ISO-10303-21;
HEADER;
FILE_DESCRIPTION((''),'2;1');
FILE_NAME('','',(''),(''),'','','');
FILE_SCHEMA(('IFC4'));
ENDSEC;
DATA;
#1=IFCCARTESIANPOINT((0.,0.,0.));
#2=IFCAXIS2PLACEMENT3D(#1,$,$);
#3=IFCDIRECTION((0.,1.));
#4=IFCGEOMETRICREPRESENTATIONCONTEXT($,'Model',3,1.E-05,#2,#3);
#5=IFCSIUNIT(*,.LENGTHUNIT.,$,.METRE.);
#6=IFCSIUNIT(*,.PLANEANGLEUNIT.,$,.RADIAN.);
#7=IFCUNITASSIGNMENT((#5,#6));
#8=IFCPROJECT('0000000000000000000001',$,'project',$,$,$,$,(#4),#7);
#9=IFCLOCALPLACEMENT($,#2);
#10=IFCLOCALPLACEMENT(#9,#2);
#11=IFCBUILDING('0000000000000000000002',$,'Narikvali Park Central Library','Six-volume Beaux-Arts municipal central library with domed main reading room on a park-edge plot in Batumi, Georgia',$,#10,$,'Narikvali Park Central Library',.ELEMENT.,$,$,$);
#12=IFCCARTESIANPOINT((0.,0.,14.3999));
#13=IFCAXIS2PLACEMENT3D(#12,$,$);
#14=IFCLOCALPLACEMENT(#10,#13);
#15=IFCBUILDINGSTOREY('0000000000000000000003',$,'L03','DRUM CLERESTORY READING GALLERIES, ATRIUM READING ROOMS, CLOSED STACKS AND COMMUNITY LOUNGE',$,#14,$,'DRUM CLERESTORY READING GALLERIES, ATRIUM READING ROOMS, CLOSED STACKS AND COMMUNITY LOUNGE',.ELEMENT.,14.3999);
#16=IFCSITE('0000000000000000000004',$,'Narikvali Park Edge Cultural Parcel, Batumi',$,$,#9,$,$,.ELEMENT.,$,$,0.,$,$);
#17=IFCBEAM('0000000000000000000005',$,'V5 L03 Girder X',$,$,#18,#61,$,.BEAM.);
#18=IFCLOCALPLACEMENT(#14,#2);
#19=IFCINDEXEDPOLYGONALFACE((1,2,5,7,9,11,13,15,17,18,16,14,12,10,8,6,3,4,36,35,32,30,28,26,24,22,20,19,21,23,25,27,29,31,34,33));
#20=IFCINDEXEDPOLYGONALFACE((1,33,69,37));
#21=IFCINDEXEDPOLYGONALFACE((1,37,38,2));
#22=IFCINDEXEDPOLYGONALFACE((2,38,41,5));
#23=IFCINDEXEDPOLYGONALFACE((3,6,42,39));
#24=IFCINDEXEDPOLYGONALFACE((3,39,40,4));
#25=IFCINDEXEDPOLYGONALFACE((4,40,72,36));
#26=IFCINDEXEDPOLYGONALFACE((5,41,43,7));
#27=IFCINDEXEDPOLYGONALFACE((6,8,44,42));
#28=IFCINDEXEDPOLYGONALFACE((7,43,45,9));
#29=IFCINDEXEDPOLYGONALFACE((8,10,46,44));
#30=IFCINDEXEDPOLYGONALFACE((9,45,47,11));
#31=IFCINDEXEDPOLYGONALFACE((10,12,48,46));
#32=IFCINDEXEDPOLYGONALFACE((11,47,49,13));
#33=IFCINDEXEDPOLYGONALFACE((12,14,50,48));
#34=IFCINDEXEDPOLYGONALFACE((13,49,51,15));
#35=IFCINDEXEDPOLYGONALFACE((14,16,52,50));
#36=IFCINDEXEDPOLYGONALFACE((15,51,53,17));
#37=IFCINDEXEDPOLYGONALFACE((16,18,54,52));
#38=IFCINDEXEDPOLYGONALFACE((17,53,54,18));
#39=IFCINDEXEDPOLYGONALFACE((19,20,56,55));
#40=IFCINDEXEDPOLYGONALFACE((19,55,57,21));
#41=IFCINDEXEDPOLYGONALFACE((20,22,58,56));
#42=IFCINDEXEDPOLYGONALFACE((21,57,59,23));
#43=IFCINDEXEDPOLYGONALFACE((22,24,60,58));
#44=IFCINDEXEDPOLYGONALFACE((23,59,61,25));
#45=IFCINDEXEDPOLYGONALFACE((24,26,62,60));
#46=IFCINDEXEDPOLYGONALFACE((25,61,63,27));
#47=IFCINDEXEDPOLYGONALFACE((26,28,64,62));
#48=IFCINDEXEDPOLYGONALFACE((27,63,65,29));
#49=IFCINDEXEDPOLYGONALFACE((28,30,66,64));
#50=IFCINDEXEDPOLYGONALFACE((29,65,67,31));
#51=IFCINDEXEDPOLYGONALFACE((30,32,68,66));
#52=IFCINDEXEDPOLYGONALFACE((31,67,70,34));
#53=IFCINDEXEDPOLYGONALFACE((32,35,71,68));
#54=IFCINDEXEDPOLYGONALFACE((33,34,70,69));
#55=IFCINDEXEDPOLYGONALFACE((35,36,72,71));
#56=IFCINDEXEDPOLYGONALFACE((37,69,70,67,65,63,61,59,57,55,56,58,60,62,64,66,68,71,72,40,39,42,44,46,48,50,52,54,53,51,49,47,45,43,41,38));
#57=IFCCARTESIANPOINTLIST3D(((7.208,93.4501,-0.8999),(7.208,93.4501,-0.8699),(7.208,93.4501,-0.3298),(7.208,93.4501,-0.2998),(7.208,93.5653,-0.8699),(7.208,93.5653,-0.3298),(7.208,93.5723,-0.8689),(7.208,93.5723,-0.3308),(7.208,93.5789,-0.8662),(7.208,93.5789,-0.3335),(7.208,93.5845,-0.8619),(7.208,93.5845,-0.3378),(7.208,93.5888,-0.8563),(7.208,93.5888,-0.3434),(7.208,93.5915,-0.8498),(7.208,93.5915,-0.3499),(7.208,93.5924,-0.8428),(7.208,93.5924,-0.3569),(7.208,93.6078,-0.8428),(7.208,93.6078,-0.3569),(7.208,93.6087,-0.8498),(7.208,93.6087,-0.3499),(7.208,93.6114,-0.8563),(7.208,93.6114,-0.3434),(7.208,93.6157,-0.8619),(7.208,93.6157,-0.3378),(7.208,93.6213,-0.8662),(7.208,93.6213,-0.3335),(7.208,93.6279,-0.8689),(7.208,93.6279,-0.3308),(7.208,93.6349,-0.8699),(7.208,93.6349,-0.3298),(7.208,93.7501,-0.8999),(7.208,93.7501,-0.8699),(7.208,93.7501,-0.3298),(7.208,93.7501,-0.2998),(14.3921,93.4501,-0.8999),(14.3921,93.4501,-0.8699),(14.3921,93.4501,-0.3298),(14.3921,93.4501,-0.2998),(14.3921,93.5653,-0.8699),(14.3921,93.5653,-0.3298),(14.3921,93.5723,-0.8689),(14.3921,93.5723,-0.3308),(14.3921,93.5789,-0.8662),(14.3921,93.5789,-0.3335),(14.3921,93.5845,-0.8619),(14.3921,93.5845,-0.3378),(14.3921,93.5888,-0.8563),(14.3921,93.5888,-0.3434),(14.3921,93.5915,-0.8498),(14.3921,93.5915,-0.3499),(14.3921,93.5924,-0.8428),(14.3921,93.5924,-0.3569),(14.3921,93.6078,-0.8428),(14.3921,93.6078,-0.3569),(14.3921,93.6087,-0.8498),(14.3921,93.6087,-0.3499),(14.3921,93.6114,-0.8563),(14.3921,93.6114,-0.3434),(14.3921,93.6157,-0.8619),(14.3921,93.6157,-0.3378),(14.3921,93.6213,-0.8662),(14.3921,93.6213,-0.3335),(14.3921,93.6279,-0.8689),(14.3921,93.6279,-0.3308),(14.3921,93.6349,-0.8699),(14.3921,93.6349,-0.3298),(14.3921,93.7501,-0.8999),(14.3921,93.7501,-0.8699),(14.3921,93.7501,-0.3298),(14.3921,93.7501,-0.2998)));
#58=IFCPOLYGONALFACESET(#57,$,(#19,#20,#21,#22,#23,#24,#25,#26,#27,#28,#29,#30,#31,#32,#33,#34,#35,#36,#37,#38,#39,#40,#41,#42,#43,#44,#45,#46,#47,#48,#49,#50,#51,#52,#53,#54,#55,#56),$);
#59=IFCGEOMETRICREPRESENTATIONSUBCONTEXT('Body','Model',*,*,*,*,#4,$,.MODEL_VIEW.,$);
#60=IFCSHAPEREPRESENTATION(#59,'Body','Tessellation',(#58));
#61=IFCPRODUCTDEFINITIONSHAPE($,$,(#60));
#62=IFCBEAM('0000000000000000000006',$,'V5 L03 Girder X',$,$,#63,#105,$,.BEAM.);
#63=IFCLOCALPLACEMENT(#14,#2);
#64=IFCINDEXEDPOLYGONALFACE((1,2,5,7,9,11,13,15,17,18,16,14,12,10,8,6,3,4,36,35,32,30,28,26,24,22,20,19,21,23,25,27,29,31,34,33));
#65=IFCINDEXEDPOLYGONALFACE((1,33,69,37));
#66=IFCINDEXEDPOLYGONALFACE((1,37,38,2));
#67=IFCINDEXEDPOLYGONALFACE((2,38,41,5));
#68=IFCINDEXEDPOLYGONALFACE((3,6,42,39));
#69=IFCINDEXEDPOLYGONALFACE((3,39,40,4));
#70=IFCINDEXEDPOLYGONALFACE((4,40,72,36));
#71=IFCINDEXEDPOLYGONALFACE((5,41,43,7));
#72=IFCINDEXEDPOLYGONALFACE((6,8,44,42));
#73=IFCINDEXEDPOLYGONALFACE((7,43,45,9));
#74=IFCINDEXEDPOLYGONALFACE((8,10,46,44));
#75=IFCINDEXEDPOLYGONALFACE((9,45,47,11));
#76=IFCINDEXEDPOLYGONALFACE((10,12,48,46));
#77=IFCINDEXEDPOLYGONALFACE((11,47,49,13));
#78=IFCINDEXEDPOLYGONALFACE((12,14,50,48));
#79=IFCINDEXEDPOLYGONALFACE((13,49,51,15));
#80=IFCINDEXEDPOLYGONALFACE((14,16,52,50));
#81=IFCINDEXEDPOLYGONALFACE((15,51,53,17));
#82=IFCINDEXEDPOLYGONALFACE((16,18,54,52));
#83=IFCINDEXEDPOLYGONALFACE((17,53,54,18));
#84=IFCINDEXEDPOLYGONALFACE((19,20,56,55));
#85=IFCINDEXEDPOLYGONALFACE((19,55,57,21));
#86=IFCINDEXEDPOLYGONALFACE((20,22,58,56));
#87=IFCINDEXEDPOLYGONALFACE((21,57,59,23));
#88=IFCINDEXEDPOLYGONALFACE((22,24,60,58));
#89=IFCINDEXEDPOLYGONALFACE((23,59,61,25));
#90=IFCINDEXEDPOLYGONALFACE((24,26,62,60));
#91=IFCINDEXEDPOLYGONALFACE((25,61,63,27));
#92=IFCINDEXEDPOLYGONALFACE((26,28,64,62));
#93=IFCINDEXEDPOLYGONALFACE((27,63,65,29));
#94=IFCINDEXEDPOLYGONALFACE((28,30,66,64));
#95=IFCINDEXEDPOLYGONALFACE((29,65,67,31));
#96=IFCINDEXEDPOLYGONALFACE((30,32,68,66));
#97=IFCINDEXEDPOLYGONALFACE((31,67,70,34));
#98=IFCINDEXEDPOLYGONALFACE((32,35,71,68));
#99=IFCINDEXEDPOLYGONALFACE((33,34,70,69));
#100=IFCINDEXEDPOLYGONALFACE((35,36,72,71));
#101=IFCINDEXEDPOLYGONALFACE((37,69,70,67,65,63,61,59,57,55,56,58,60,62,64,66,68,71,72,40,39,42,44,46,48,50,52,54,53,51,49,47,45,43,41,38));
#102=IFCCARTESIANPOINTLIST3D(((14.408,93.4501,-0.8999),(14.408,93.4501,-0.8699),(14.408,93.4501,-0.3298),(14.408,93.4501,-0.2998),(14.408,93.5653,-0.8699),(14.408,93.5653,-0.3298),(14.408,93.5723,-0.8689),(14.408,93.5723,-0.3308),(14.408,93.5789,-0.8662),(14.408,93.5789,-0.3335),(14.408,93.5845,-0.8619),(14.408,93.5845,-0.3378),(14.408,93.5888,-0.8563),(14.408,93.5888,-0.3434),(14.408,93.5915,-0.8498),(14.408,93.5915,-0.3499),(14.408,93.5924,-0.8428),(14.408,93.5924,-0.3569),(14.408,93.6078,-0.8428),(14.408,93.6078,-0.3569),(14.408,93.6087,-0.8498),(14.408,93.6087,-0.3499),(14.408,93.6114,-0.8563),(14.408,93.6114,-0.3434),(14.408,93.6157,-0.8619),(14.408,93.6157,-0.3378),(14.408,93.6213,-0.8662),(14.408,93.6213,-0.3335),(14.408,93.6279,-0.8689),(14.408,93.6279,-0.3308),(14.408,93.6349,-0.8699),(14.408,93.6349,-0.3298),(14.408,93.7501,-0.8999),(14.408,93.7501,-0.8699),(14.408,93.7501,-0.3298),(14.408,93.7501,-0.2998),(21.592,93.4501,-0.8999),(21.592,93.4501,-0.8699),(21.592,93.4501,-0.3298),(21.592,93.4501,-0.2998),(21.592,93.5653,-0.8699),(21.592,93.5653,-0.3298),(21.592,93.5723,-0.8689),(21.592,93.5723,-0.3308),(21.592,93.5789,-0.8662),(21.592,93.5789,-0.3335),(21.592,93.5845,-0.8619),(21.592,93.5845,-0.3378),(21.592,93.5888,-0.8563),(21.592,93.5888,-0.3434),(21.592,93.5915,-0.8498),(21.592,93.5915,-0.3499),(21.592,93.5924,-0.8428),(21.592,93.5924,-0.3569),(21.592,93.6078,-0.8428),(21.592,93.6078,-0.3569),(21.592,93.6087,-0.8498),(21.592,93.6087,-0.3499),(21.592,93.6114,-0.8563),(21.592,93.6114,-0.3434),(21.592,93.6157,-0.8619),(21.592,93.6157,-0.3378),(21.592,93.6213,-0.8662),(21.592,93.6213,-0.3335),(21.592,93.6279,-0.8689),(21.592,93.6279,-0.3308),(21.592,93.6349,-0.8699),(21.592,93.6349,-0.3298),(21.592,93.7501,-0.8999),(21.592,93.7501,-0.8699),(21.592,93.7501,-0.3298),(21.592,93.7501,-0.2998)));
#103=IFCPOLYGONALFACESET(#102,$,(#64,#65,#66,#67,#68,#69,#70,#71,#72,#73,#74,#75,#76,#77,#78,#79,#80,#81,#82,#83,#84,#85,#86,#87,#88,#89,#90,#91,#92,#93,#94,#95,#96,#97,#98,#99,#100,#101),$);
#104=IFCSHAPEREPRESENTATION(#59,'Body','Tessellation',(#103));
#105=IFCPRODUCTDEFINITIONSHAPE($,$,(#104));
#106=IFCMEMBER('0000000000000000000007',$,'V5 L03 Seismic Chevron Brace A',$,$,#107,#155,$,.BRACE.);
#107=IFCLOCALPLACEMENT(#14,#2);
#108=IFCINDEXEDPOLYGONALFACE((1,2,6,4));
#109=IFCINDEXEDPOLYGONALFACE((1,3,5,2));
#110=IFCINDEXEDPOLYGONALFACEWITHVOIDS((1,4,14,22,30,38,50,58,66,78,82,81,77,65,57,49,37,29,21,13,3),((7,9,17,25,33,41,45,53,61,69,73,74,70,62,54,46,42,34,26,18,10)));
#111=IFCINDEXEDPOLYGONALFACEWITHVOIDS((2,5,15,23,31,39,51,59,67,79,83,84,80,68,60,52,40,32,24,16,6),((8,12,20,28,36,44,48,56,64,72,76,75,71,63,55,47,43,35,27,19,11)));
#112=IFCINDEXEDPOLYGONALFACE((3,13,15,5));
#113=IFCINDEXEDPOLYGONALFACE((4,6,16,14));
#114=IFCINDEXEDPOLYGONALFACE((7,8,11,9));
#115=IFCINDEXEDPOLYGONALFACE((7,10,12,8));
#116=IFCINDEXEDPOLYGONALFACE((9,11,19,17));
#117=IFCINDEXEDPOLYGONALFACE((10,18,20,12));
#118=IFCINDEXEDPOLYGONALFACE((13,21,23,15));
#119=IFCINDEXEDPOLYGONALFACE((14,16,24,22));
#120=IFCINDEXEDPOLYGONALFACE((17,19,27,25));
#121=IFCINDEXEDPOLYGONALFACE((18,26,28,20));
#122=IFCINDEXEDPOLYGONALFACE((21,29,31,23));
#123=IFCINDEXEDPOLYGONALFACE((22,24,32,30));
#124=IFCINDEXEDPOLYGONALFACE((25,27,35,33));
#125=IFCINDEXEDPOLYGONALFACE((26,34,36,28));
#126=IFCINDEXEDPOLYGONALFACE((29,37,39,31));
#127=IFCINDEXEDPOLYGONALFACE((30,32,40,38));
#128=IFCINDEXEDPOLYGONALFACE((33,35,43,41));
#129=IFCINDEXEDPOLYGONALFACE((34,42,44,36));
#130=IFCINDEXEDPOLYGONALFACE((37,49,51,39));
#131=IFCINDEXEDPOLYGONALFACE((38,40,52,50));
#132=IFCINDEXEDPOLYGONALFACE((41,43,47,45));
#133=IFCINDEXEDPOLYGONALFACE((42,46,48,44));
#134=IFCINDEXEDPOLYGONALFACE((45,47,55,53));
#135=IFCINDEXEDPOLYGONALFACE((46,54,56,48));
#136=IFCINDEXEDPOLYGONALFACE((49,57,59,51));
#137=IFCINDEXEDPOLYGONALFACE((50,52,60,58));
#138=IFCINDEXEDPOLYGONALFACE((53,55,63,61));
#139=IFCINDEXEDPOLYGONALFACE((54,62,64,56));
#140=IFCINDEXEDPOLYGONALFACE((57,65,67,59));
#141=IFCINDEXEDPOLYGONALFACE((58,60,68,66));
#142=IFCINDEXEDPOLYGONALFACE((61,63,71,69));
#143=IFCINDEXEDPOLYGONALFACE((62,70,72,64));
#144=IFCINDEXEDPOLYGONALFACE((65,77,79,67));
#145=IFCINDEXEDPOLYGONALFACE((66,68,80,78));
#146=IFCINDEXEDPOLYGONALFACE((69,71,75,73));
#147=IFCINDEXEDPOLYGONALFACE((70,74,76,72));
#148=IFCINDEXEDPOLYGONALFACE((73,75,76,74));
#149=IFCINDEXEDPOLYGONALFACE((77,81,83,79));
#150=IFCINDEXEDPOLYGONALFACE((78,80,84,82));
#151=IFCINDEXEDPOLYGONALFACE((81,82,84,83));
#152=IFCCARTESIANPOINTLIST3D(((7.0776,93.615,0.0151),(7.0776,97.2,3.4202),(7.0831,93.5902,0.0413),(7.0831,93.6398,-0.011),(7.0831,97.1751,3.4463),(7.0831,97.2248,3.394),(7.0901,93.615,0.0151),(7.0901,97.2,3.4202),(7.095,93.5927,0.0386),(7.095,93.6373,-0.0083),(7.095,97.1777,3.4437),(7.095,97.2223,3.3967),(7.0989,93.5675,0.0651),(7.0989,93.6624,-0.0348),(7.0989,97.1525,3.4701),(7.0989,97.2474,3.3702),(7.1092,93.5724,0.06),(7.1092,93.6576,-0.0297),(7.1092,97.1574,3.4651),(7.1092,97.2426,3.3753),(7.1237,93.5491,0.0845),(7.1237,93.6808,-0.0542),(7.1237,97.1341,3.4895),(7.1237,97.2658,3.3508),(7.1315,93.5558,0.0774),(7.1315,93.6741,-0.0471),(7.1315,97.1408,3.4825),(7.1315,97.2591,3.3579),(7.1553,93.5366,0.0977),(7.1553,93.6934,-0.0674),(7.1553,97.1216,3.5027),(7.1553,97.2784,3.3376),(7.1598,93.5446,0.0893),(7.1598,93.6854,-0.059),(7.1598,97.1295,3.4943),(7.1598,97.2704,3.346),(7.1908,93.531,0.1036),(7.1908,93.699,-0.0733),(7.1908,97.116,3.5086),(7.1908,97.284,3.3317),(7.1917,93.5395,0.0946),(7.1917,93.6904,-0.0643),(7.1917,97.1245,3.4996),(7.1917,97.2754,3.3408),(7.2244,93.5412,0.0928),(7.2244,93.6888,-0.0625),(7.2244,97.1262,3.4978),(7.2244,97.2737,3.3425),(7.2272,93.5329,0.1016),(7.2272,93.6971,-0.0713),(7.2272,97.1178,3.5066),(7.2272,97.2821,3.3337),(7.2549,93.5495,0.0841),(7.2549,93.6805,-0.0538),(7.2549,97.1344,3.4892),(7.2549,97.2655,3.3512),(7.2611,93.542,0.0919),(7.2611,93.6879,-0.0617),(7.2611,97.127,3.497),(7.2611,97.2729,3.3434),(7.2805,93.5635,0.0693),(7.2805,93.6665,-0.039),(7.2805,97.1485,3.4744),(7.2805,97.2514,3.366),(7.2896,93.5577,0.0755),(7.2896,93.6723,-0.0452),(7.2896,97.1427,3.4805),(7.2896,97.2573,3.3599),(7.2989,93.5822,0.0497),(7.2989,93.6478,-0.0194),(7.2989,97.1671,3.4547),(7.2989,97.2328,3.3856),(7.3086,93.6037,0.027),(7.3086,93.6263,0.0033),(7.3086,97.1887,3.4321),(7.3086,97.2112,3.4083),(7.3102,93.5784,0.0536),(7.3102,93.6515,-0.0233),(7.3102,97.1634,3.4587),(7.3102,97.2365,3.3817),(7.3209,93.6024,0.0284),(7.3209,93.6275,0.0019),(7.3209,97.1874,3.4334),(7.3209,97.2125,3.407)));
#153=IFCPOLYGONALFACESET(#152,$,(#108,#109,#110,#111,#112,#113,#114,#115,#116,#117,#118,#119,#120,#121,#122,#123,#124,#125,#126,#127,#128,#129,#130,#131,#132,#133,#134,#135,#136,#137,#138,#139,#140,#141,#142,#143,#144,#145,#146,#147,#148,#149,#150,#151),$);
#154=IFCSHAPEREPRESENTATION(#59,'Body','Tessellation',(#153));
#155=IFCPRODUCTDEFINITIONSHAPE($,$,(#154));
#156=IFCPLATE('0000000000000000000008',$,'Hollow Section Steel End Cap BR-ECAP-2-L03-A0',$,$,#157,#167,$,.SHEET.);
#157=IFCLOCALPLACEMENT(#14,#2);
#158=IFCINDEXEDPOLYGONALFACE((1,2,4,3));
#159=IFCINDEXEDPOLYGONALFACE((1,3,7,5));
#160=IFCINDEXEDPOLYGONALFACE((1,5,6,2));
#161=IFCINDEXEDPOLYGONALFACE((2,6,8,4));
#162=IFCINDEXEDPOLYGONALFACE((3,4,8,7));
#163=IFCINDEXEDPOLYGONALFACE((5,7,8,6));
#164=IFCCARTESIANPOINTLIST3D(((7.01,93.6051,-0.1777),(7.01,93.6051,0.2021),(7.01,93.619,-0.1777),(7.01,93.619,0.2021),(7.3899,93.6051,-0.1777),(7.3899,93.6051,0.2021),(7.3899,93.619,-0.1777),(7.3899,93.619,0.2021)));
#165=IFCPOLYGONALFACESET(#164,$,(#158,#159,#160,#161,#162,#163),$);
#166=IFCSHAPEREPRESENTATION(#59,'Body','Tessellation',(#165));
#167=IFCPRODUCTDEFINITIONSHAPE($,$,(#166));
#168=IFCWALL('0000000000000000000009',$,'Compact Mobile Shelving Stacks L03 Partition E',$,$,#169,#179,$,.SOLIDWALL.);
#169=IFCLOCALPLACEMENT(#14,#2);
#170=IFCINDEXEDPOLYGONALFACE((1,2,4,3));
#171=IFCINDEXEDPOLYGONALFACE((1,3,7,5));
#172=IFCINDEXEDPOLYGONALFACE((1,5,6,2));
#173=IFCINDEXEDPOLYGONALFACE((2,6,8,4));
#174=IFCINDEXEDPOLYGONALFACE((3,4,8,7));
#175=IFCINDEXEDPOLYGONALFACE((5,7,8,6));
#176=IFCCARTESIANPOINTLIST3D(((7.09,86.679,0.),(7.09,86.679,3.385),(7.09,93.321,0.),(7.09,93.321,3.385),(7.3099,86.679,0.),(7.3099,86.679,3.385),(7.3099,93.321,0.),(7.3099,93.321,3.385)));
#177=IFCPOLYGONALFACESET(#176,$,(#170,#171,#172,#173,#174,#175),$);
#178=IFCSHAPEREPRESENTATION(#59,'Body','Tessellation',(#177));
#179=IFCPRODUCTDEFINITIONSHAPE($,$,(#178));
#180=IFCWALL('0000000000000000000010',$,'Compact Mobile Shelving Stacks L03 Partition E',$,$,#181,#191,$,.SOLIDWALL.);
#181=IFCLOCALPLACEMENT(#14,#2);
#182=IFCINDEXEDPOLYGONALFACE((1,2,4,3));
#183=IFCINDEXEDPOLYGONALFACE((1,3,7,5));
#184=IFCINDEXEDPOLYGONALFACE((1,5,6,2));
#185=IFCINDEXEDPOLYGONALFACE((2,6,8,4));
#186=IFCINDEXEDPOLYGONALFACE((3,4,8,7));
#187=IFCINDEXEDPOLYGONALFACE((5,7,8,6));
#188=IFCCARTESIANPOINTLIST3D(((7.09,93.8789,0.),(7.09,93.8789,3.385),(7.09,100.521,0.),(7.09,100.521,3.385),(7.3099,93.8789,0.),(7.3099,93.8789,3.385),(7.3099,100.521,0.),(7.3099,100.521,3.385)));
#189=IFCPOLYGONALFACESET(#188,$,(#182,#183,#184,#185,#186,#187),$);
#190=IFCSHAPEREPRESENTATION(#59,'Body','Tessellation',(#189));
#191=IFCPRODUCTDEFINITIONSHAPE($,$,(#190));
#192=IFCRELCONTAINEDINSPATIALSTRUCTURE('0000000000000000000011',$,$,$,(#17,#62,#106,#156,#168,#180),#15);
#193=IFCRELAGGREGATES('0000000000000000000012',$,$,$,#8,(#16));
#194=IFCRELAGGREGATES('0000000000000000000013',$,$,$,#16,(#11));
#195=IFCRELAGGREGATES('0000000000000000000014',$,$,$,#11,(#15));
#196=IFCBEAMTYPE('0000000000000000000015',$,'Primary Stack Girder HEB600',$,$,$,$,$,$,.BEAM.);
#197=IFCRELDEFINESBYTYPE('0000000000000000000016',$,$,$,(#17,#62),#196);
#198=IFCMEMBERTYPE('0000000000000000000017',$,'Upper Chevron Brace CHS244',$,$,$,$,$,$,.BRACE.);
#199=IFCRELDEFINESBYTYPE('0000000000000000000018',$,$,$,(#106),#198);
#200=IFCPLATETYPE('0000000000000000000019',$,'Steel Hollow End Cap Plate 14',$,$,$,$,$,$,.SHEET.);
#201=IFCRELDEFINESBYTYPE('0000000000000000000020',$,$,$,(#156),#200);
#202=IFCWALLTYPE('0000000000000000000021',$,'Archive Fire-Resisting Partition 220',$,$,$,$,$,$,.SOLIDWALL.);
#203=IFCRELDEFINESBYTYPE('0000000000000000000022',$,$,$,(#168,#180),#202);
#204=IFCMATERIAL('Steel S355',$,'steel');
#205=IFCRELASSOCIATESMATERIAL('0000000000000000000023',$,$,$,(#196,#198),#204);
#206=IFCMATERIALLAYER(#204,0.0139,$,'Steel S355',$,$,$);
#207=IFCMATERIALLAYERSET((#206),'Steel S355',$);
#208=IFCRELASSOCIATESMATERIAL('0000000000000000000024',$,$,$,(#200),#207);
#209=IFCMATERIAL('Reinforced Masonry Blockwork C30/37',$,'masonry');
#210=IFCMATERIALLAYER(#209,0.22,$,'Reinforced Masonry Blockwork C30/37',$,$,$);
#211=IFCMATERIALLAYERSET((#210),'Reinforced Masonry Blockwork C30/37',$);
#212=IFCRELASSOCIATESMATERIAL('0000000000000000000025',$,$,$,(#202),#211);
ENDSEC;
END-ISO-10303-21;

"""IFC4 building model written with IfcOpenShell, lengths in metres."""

from ifc_helpers import new_model, si_unit, direction, frame, frame_2d, origin, origin_2d, place, context, subcontext, project, spatial, rectangle, hollow_circle, i_section, extrude, material, layer, layer_set, material_profile, profile_set, type_object, element, save


model = new_model("IFC4")

# Units and contexts
model_context = context("Model", 3, precision=1e-05, world=origin(), true_north=direction((0.0, 1.0)))
body_context = subcontext(model_context, "Body", "Model", "MODEL_VIEW")
ifc_project = project(units=[si_unit("LENGTHUNIT", "METRE"), si_unit("PLANEANGLEUNIT", "RADIAN")], contexts=[model_context])

# Site, building, storey
site_placement = place(None, origin())
site = spatial("IfcSite", under=ifc_project, at=site_placement, Name="Narikvali Park Edge Cultural Parcel, Batumi", CompositionType="ELEMENT", RefElevation=0.0)
building_placement = place(site_placement, origin())
building = spatial("IfcBuilding", under=site, at=building_placement, Name="Narikvali Park Central Library", Description="Six-volume Beaux-Arts municipal central library with domed main reading room on a park-edge plot in Batumi, Georgia", LongName="Narikvali Park Central Library", CompositionType="ELEMENT")
storey_placement = place(building_placement, frame((0.0, 0.0, 14.3999)))
storey = spatial("IfcBuildingStorey", under=building, at=storey_placement, Name="L03", Description="DRUM CLERESTORY READING GALLERIES, ATRIUM READING ROOMS, CLOSED STACKS AND COMMUNITY LOUNGE", LongName="DRUM CLERESTORY READING GALLERIES, ATRIUM READING ROOMS, CLOSED STACKS AND COMMUNITY LOUNGE", CompositionType="ELEMENT", Elevation=14.3999)

# Shared definitions
ifc_material_1 = material(Name="Steel S355", Category="steel")

# Beams
ifc_material_profile_1 = material_profile(ifc_material_1, i_section(OverallWidth=0.3, OverallDepth=0.6001, WebThickness=0.0154, FlangeThickness=0.03, FilletRadius=0.0271, at=origin_2d()), Name="HEB 600")
ifc_profile_set_1 = profile_set([ifc_material_profile_1], Name="Steel S355")
beam_type_1 = type_object("IfcBeamType", Name="Primary Stack Girder HEB600", PredefinedType="BEAM", material=ifc_profile_set_1)
for number, where, z_axis, x_axis, name in (
    (1, (7.208, 93.6001, -0.5999), (1.0, 0.0, 0.0), (0.0, 1.0, 0.0), "V5 L03 Girder X"),
    (2, (14.408, 93.6001, -0.5999), (1.0, 0.0, 0.0), (0.0, 1.0, 0.0), "V5 L03 Girder X"),
):
    element("IfcBeam", number, at=place(storey_placement, frame(where, z_axis=z_axis, x_axis=x_axis)), inside=storey, type_object=beam_type_1, Name=name, PredefinedType="BEAM", context=body_context, shape_type="SweptSolid", body=[
        extrude(i_section(OverallWidth=0.3, OverallDepth=0.6001, WebThickness=0.0154, FlangeThickness=0.03, FilletRadius=0.0271, at=origin_2d()), origin(), (0.0, 0.0, 1.0), 7.1841),
    ])

# Member
ifc_material_profile_2 = material_profile(ifc_material_1, hollow_circle(Radius=0.1223, WallThickness=0.0125, at=origin_2d()), Name="CHS 244.5x12.5")
ifc_profile_set_2 = profile_set([ifc_material_profile_2], Name="Steel S355")
member_type = type_object("IfcMemberType", Name="Upper Chevron Brace CHS244", PredefinedType="BRACE", material=ifc_profile_set_2)
member_placement = place(storey_placement, frame((7.2, 93.615, 0.0151), z_axis=(0.0, 0.725068, 0.688677), x_axis=(-1.0, 0.0, 0.0)))
element("IfcMember", 3, at=member_placement, inside=storey, type_object=member_type, Name="V5 L03 Seismic Chevron Brace A", PredefinedType="BRACE", context=body_context, shape_type="SweptSolid", body=[
    extrude(hollow_circle(Radius=0.1223, WallThickness=0.0125, at=origin_2d()), origin(), (0.0, 0.0, 1.0), 4.9443),
])

# Plate
ifc_layer_1 = layer(ifc_material_1, 0.0139, Name="Steel S355")
ifc_layer_set_1 = layer_set([ifc_layer_1], Name="Steel S355")
plate_type = type_object("IfcPlateType", Name="Steel Hollow End Cap Plate 14", PredefinedType="SHEET", material=ifc_layer_set_1)
plate_placement = place(storey_placement, frame((7.2, 93.6121, -0.1777), z_axis=(0.0, 0.0, 1.0), x_axis=(-1.0, 0.0, 0.0)))
element("IfcPlate", 4, at=plate_placement, inside=storey, type_object=plate_type, Name="Hollow Section Steel End Cap BR-ECAP-2-L03-A0", PredefinedType="SHEET", context=body_context, shape_type="SweptSolid", body=[
    extrude(rectangle(XDim=0.3799, YDim=0.0139, at=origin_2d()), origin(), (0.0, 0.0, 1.0), 0.3799),
])

# Walls
ifc_material_2 = material(Name="Reinforced Masonry Blockwork C30/37", Category="masonry")
ifc_layer_2 = layer(ifc_material_2, 0.22, Name="Reinforced Masonry Blockwork C30/37")
ifc_layer_set_2 = layer_set([ifc_layer_2], Name="Reinforced Masonry Blockwork C30/37")
wall_type_1 = type_object("IfcWallType", Name="Archive Fire-Resisting Partition 220", PredefinedType="SOLIDWALL", material=ifc_layer_set_2)
for number, where, z_axis, x_axis, name in (
    (5, (7.2, 86.679, 0.0), (0.0, 0.0, 1.0), (0.0, 1.0, 0.0), "Compact Mobile Shelving Stacks L03 Partition E"),
    (6, (7.2, 93.8789, 0.0), (0.0, 0.0, 1.0), (0.0, 1.0, 0.0), "Compact Mobile Shelving Stacks L03 Partition E"),
):
    element("IfcWall", number, at=place(storey_placement, frame(where, z_axis=z_axis, x_axis=x_axis)), inside=storey, type_object=wall_type_1, Name=name, PredefinedType="SOLIDWALL", context=body_context, shape_type="SweptSolid", body=[
        extrude(rectangle(XDim=6.6421, YDim=0.22, at=frame_2d((3.321, 0.0))), origin(), (0.0, 0.0, 1.0), 3.385),
    ])

save(model, "model.ifc")
